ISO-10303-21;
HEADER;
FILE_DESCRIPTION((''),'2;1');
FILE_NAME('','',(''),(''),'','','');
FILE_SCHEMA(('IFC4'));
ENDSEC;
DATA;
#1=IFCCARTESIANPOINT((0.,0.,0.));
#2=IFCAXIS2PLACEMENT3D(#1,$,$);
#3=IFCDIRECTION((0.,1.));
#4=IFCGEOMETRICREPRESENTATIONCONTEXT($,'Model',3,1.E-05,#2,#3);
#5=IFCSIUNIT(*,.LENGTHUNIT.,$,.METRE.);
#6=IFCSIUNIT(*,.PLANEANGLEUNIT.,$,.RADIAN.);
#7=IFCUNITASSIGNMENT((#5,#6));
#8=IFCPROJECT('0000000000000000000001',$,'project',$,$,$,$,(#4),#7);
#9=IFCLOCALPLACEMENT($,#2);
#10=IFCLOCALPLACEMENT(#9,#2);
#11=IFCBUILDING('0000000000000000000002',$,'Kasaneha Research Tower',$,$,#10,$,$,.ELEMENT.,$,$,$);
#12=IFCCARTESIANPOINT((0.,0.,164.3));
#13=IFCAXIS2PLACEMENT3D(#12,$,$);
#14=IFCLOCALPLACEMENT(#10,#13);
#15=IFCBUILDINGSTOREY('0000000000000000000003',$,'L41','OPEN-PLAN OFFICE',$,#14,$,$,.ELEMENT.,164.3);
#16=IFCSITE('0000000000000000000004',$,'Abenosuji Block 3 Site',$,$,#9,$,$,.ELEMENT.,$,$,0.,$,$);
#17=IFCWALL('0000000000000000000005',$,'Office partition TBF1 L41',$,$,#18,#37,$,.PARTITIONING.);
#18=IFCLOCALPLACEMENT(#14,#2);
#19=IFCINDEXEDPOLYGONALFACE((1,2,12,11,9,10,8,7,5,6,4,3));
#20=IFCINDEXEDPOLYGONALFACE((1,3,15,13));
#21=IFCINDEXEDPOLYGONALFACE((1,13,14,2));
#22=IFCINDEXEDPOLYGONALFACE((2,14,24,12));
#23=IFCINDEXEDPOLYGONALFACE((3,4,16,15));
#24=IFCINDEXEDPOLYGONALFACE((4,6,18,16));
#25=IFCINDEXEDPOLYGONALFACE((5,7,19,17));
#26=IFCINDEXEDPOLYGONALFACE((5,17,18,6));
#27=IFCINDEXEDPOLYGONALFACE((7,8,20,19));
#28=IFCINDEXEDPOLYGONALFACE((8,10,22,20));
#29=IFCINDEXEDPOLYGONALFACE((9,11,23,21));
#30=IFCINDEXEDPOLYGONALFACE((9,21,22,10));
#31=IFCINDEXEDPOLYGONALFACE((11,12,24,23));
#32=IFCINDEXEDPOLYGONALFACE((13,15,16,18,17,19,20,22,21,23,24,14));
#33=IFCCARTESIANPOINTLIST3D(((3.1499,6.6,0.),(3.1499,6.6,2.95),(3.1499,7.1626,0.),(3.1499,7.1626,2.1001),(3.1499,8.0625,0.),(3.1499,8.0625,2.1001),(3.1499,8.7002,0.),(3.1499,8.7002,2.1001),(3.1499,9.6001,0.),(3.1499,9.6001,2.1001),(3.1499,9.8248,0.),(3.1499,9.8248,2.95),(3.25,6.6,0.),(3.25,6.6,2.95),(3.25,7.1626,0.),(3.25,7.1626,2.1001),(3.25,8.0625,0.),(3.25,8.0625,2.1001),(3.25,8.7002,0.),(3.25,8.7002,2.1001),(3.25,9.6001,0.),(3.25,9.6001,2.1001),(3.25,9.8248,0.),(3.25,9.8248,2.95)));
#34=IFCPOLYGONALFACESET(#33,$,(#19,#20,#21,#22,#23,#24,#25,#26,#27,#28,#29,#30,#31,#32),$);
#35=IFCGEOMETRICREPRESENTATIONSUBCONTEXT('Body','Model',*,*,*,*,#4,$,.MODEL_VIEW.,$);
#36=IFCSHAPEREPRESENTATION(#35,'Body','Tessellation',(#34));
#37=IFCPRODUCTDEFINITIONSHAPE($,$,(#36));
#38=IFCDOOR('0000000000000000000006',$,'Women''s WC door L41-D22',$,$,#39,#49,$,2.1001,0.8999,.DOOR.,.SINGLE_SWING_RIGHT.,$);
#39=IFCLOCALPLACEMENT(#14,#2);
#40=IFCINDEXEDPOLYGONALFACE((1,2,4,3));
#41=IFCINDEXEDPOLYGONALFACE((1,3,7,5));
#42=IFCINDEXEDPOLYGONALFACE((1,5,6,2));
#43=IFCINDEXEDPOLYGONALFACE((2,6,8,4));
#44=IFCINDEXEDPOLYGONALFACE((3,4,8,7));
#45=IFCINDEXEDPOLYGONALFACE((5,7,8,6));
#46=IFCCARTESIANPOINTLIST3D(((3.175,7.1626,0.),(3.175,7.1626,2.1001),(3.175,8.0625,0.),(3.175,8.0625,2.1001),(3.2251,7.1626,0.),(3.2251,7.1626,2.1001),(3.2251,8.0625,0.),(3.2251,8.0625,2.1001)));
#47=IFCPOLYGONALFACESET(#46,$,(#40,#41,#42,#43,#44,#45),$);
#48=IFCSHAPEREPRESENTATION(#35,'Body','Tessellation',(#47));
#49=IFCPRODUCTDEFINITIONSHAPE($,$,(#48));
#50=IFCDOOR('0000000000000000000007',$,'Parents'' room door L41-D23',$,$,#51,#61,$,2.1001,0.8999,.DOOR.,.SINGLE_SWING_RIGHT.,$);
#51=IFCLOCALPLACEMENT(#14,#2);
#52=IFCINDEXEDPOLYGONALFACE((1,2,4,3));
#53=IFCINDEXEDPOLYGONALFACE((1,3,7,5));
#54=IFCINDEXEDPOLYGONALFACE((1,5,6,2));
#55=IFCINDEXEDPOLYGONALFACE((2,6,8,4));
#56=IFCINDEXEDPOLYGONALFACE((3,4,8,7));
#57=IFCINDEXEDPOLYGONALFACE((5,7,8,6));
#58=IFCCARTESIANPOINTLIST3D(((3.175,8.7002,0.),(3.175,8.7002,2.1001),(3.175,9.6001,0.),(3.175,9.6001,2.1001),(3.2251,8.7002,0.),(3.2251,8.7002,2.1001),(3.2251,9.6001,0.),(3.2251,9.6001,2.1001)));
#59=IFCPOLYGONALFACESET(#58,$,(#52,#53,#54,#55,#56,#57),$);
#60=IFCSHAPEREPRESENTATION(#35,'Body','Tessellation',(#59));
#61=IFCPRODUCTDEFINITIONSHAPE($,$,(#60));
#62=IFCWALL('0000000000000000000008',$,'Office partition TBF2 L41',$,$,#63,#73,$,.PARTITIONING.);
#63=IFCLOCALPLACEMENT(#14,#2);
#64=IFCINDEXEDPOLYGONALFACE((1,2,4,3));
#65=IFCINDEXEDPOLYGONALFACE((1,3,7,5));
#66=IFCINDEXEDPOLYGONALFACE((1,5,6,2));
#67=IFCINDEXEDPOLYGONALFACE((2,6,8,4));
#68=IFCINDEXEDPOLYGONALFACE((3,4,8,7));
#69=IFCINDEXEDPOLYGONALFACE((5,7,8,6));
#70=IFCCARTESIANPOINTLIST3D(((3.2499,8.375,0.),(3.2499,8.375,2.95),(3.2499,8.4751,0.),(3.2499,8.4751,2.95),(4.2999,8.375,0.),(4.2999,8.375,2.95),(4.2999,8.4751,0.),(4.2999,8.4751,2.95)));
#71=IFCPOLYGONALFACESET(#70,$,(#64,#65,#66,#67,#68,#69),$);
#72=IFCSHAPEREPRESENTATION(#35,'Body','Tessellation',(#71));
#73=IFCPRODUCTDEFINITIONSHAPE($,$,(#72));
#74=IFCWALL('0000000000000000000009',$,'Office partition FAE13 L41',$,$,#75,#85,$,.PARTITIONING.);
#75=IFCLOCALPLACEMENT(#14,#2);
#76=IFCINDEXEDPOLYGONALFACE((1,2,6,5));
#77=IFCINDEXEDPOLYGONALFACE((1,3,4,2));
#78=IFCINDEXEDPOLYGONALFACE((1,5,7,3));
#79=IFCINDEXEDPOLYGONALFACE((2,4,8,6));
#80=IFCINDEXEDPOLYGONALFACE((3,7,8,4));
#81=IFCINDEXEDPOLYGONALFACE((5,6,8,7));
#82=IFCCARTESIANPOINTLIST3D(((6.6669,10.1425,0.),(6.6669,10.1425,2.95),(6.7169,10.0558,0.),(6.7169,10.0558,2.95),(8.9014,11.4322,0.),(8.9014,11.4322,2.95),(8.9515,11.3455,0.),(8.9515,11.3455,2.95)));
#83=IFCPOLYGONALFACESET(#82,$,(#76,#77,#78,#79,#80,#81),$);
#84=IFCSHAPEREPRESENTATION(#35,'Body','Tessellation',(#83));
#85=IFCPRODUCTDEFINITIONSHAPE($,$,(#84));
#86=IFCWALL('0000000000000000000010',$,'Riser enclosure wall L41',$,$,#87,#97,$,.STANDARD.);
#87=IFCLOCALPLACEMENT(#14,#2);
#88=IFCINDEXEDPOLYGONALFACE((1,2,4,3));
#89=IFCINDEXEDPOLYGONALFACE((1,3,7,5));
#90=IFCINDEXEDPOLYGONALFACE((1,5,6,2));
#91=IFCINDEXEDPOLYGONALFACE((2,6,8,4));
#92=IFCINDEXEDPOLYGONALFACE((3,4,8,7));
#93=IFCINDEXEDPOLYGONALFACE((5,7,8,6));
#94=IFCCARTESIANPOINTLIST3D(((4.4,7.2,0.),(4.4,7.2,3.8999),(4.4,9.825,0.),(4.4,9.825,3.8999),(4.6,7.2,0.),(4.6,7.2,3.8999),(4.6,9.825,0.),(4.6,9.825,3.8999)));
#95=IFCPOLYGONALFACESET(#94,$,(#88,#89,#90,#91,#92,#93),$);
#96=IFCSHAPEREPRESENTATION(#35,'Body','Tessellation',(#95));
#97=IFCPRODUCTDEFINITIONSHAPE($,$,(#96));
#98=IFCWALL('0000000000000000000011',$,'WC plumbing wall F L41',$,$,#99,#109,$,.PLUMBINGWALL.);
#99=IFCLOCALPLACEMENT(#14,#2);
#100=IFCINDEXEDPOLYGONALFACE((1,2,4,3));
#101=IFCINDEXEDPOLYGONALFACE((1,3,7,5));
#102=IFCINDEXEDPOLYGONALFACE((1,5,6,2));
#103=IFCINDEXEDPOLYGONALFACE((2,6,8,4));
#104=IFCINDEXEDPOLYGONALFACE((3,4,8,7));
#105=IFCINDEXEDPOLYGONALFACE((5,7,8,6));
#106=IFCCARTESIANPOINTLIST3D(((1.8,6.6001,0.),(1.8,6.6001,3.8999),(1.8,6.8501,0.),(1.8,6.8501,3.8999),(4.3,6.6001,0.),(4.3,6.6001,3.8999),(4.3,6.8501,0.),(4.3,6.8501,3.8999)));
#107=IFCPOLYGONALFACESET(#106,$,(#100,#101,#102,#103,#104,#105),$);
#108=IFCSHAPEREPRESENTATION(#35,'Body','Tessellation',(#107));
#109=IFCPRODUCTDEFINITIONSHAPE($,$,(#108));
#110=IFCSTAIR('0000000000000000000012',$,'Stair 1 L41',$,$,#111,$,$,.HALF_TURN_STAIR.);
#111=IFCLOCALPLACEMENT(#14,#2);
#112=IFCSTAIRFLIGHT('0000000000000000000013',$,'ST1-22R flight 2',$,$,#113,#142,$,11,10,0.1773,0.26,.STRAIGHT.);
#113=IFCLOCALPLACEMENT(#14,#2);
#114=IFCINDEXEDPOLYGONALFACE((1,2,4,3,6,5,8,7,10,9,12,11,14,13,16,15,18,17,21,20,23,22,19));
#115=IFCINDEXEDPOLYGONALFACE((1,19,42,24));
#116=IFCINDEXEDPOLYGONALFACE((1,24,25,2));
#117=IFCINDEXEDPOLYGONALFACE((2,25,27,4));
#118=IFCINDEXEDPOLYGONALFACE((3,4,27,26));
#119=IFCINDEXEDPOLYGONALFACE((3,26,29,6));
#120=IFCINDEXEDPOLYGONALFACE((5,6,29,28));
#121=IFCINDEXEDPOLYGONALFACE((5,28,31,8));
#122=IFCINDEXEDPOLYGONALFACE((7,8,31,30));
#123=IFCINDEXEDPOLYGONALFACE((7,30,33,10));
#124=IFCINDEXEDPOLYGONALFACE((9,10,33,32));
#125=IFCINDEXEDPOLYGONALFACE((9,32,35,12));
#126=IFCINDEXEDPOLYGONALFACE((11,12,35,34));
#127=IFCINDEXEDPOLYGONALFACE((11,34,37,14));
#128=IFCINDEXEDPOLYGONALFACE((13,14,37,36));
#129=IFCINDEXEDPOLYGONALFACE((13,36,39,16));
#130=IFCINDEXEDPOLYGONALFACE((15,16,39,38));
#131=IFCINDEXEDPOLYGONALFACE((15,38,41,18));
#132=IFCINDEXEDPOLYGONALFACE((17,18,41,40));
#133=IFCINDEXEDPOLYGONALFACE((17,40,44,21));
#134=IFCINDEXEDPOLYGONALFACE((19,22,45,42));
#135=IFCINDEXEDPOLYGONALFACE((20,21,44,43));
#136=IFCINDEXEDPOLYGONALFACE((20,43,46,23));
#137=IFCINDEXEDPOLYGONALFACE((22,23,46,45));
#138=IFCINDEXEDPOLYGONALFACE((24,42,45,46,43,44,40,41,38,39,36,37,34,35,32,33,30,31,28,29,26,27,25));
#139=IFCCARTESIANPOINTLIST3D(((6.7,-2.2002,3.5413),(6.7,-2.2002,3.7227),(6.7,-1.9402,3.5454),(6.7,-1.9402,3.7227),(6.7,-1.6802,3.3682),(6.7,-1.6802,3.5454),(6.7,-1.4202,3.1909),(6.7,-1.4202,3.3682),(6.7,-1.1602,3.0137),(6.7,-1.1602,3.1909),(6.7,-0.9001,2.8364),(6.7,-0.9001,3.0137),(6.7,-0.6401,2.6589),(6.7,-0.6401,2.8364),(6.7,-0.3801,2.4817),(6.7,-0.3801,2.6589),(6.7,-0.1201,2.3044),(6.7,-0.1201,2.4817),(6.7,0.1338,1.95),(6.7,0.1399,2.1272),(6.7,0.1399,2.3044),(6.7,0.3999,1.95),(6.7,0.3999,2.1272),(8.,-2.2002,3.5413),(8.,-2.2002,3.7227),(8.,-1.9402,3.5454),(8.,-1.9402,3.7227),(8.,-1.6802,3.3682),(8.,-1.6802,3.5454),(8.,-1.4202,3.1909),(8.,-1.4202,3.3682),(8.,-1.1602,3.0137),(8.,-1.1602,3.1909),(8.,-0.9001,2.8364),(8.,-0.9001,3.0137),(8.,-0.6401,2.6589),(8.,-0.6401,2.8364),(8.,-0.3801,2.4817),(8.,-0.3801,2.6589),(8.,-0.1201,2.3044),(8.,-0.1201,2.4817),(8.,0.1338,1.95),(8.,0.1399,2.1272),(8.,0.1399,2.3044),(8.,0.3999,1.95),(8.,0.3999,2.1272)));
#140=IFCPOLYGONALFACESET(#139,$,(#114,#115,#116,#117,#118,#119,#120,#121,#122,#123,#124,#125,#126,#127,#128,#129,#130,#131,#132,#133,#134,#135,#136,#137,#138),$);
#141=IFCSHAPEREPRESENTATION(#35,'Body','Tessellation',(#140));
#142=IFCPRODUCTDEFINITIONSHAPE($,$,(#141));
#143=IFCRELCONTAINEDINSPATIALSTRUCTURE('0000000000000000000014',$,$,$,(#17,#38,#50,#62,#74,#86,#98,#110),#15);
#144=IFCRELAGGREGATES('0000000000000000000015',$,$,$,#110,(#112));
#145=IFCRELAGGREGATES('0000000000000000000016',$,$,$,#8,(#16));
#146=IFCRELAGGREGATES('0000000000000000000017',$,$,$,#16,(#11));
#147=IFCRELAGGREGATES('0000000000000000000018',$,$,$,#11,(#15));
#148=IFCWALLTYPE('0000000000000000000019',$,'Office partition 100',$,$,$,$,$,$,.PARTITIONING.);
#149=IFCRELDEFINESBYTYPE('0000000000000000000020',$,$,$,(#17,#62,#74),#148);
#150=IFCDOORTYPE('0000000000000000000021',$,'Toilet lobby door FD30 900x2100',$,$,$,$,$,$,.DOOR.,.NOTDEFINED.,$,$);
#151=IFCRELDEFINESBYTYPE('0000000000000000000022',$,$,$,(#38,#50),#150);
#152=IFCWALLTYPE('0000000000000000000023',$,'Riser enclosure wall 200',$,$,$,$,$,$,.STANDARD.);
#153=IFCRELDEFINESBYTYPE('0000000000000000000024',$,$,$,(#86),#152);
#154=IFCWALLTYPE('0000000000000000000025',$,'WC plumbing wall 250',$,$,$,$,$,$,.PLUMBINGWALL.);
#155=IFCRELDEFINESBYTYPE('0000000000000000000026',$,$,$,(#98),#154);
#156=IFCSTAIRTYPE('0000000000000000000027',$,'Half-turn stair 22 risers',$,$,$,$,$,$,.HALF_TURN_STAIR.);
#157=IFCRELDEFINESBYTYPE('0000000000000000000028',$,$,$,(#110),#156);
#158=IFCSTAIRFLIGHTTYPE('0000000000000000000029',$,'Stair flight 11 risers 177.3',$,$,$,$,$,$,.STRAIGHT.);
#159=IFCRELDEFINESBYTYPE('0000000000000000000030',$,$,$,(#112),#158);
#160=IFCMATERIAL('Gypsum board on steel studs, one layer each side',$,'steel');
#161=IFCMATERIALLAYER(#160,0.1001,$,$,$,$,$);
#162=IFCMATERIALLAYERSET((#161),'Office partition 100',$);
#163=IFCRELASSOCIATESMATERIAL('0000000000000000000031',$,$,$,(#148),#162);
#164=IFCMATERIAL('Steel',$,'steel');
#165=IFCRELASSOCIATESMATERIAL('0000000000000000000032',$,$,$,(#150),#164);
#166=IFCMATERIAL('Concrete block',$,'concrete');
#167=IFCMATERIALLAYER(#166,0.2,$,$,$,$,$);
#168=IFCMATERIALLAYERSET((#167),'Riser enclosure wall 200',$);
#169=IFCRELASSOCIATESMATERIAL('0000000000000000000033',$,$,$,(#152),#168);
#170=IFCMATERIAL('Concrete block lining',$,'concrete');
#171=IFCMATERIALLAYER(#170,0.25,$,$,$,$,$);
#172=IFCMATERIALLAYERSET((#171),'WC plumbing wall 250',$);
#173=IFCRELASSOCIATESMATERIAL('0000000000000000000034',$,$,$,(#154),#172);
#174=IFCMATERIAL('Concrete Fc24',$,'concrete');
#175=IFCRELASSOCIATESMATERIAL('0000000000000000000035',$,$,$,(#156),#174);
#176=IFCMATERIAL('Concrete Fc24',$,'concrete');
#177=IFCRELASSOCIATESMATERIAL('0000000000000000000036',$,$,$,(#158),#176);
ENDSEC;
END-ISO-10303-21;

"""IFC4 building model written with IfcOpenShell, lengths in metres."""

from ifc_helpers import new_model, si_unit, direction, frame, frame_2d, origin, place, context, subcontext, project, spatial, polyline, rectangle, outline, extrude, material, layer, layer_set, type_object, element, fill, aggregate, save


model = new_model("IFC4")

# Units and contexts
model_context = context("Model", 3, precision=1e-05, world=origin(), true_north=direction((0.0, 1.0)))
body_context = subcontext(model_context, "Body", "Model", "MODEL_VIEW")
ifc_project = project(units=[si_unit("LENGTHUNIT", "METRE"), si_unit("PLANEANGLEUNIT", "RADIAN")], contexts=[model_context])

# Site, building, storey
site_placement = place(None, origin())
site = spatial("IfcSite", under=ifc_project, at=site_placement, Name="Abenosuji Block 3 Site", CompositionType="ELEMENT", RefElevation=0.0)
building_placement = place(site_placement, origin())
building = spatial("IfcBuilding", under=site, at=building_placement, Name="Kasaneha Research Tower", CompositionType="ELEMENT")
storey_placement = place(building_placement, frame((0.0, 0.0, 164.3)))
storey = spatial("IfcBuildingStorey", under=building, at=storey_placement, Name="L41", Description="OPEN-PLAN OFFICE", CompositionType="ELEMENT", Elevation=164.3)

# Wall, openings, doors
ifc_material_1 = material(Name="Gypsum board on steel studs, one layer each side", Category="steel")
ifc_layer_1 = layer(ifc_material_1, 0.1001)
ifc_layer_set_1 = layer_set([ifc_layer_1], Name="Office partition 100")
wall_type_1 = type_object("IfcWallType", Name="Office partition 100", PredefinedType="PARTITIONING", material=ifc_layer_set_1)
wall_1_placement = place(storey_placement, frame((3.2, 6.6001, 0.0), z_axis=(0.0, 0.0, 1.0), x_axis=(0.0, 1.0, 0.0)))
wall_1 = element("IfcWall", 1, at=wall_1_placement, inside=storey, type_object=wall_type_1, Name="Office partition TBF1 L41", PredefinedType="PARTITIONING", context=body_context, shape_type="SweptSolid", body=[
    extrude(rectangle(XDim=3.2249, YDim=0.1001, at=frame_2d((1.6123, 0.0))), origin(), (0.0, 0.0, 1.0), 2.95),
])
opening_1_placement = place(wall_1_placement, frame((0.5625, 0.0, 0.0)))
opening_1 = element("IfcOpeningElement", 2, at=opening_1_placement, cuts=wall_1, PredefinedType="OPENING", context=body_context, shape_type="SweptSolid", body=[
    extrude(rectangle(XDim=0.8999, YDim=2.1001, at=frame_2d((0.45, 1.05))), frame((0.0, 0.0601, 0.0), z_axis=(0.0, -1.0, 0.0), x_axis=(1.0, 0.0, 0.0)), (0.0, 0.0, 1.0), 0.1201),
])
opening_2_placement = place(wall_1_placement, frame((2.1001, 0.0, 0.0)))
opening_2 = element("IfcOpeningElement", 3, at=opening_2_placement, cuts=wall_1, PredefinedType="OPENING", context=body_context, shape_type="SweptSolid", body=[
    extrude(rectangle(XDim=0.8999, YDim=2.1001, at=frame_2d((0.45, 1.05))), frame((0.0, 0.0601, 0.0), z_axis=(0.0, -1.0, 0.0), x_axis=(1.0, 0.0, 0.0)), (0.0, 0.0, 1.0), 0.1201),
])
ifc_material_2 = material(Name="Steel", Category="steel")
door_type_1 = type_object("IfcDoorType", Name="Toilet lobby door FD30 900x2100", OperationType="NOTDEFINED", PredefinedType="DOOR", material=ifc_material_2)
door_1_placement = place(opening_1_placement, origin())
door_1 = element("IfcDoor", 4, at=door_1_placement, inside=storey, type_object=door_type_1, Name="Women's WC door L41-D22", OperationType="SINGLE_SWING_RIGHT", OverallHeight=2.1001, OverallWidth=0.8999, PredefinedType="DOOR", context=body_context, shape_type="SweptSolid", body=[
    extrude(rectangle(XDim=0.8999, YDim=2.1001, at=frame_2d((0.45, 1.05))), frame((0.0, 0.0249, 0.0), z_axis=(0.0, -1.0, 0.0), x_axis=(1.0, 0.0, 0.0)), (0.0, 0.0, 1.0), 0.05),
])
fill(opening_1, door_1)
door_2_placement = place(opening_2_placement, origin())
door_2 = element("IfcDoor", 5, at=door_2_placement, inside=storey, type_object=door_type_1, Name="Parents' room door L41-D23", OperationType="SINGLE_SWING_RIGHT", OverallHeight=2.1001, OverallWidth=0.8999, PredefinedType="DOOR", context=body_context, shape_type="SweptSolid", body=[
    extrude(rectangle(XDim=0.8999, YDim=2.1001, at=frame_2d((0.45, 1.05))), frame((0.0, 0.0249, 0.0), z_axis=(0.0, -1.0, 0.0), x_axis=(1.0, 0.0, 0.0)), (0.0, 0.0, 1.0), 0.05),
])
fill(opening_2, door_2)

# Walls
wall_2_placement = place(storey_placement, frame((3.25, 8.425, 0.0), z_axis=(0.0, 0.0, 1.0), x_axis=(1.0, 0.0, 0.0)))
element("IfcWall", 6, at=wall_2_placement, inside=storey, type_object=wall_type_1, Name="Office partition TBF2 L41", PredefinedType="PARTITIONING", context=body_context, shape_type="SweptSolid", body=[
    extrude(rectangle(XDim=1.05, YDim=0.1001, at=frame_2d((0.5249, 0.0))), origin(), (0.0, 0.0, 1.0), 2.95),
])
wall_3_placement = place(storey_placement, frame((6.6919, 10.0991, 0.0), z_axis=(0.0, 0.0, 1.0), x_axis=(0.866086, 0.499894, 0.0)))
element("IfcWall", 7, at=wall_3_placement, inside=storey, type_object=wall_type_1, Name="Office partition FAE13 L41", PredefinedType="PARTITIONING", context=body_context, shape_type="SweptSolid", body=[
    extrude(rectangle(XDim=2.5801, YDim=0.1001, at=frame_2d((1.29, 0.0))), origin(), (0.0, 0.0, 1.0), 2.95),
])
ifc_material_3 = material(Name="Concrete block", Category="concrete")
ifc_layer_2 = layer(ifc_material_3, 0.2)
ifc_layer_set_2 = layer_set([ifc_layer_2], Name="Riser enclosure wall 200")
wall_type_2 = type_object("IfcWallType", Name="Riser enclosure wall 200", PredefinedType="STANDARD", material=ifc_layer_set_2)
wall_4_placement = place(storey_placement, frame((4.5, 7.2, 0.0), z_axis=(0.0, 0.0, 1.0), x_axis=(0.0, 1.0, 0.0)))
element("IfcWall", 8, at=wall_4_placement, inside=storey, type_object=wall_type_2, Name="Riser enclosure wall L41", PredefinedType="STANDARD", context=body_context, shape_type="SweptSolid", body=[
    extrude(rectangle(XDim=2.625, YDim=0.2, at=frame_2d((1.3125, 0.0))), origin(), (0.0, 0.0, 1.0), 3.8999),
])
ifc_material_4 = material(Name="Concrete block lining", Category="concrete")
ifc_layer_3 = layer(ifc_material_4, 0.25)
ifc_layer_set_3 = layer_set([ifc_layer_3], Name="WC plumbing wall 250")
wall_type_3 = type_object("IfcWallType", Name="WC plumbing wall 250", PredefinedType="PLUMBINGWALL", material=ifc_layer_set_3)
wall_5_placement = place(storey_placement, frame((1.8, 6.7251, 0.0), z_axis=(0.0, 0.0, 1.0), x_axis=(1.0, 0.0, 0.0)))
element("IfcWall", 9, at=wall_5_placement, inside=storey, type_object=wall_type_3, Name="WC plumbing wall F L41", PredefinedType="PLUMBINGWALL", context=body_context, shape_type="SweptSolid", body=[
    extrude(rectangle(XDim=2.5, YDim=0.25, at=frame_2d((1.25, 0.0))), origin(), (0.0, 0.0, 1.0), 3.8999),
])

# Stair, stair flight
ifc_material_5 = material(Name="Concrete Fc24", Category="concrete")
stair_type = type_object("IfcStairType", Name="Half-turn stair 22 risers", PredefinedType="HALF_TURN_STAIR", material=ifc_material_5)
stair_placement = place(storey_placement, origin())
stair = element("IfcStair", 10, at=stair_placement, inside=storey, type_object=stair_type, Name="Stair 1 L41", PredefinedType="HALF_TURN_STAIR")
ifc_material_6 = material(Name="Concrete Fc24", Category="concrete")
stair_flight_type = type_object("IfcStairFlightType", Name="Stair flight 11 risers 177.3", PredefinedType="STRAIGHT", material=ifc_material_6)
stair_flight_placement = place(storey_placement, frame((7.3501, 0.3999, 1.95), z_axis=(0.0, 0.0, 1.0), x_axis=(0.0, -1.0, 0.0)))
stair_flight = element("IfcStairFlight", 11, at=stair_flight_placement, type_object=stair_flight_type, Name="ST1-22R flight 2", NumberOfRisers=11, NumberOfTreads=10, PredefinedType="STRAIGHT", RiserHeight=0.1773, TreadLength=0.26, context=body_context, shape_type="SweptSolid", body=[
    extrude(outline(polyline([(0.0, 0.0), (0.0, 0.1772), (0.26, 0.1772), (0.26, 0.3545), (0.52, 0.3545), (0.52, 0.5317), (0.78, 0.5317), (0.78, 0.709), (1.04, 0.709), (1.04, 0.8865), (1.3, 0.8865), (1.3, 1.0637), (1.5601, 1.0637), (1.5601, 1.241), (1.8201, 1.241), (1.8201, 1.4182), (2.0801, 1.4182), (2.0801, 1.5955), (2.3401, 1.5955), (2.3401, 1.7727), (2.6001, 1.7727), (2.6001, 1.95), (2.6001, 1.5913), (0.2661, 0.0), (0.0, 0.0)])), frame((0.0, 0.6499, 0.0), z_axis=(0.0, -1.0, 0.0), x_axis=(1.0, 0.0, 0.0)), (0.0, 0.0, 1.0), 1.3),
])
aggregate(stair, [stair_flight])

save(model, "model.ifc")
